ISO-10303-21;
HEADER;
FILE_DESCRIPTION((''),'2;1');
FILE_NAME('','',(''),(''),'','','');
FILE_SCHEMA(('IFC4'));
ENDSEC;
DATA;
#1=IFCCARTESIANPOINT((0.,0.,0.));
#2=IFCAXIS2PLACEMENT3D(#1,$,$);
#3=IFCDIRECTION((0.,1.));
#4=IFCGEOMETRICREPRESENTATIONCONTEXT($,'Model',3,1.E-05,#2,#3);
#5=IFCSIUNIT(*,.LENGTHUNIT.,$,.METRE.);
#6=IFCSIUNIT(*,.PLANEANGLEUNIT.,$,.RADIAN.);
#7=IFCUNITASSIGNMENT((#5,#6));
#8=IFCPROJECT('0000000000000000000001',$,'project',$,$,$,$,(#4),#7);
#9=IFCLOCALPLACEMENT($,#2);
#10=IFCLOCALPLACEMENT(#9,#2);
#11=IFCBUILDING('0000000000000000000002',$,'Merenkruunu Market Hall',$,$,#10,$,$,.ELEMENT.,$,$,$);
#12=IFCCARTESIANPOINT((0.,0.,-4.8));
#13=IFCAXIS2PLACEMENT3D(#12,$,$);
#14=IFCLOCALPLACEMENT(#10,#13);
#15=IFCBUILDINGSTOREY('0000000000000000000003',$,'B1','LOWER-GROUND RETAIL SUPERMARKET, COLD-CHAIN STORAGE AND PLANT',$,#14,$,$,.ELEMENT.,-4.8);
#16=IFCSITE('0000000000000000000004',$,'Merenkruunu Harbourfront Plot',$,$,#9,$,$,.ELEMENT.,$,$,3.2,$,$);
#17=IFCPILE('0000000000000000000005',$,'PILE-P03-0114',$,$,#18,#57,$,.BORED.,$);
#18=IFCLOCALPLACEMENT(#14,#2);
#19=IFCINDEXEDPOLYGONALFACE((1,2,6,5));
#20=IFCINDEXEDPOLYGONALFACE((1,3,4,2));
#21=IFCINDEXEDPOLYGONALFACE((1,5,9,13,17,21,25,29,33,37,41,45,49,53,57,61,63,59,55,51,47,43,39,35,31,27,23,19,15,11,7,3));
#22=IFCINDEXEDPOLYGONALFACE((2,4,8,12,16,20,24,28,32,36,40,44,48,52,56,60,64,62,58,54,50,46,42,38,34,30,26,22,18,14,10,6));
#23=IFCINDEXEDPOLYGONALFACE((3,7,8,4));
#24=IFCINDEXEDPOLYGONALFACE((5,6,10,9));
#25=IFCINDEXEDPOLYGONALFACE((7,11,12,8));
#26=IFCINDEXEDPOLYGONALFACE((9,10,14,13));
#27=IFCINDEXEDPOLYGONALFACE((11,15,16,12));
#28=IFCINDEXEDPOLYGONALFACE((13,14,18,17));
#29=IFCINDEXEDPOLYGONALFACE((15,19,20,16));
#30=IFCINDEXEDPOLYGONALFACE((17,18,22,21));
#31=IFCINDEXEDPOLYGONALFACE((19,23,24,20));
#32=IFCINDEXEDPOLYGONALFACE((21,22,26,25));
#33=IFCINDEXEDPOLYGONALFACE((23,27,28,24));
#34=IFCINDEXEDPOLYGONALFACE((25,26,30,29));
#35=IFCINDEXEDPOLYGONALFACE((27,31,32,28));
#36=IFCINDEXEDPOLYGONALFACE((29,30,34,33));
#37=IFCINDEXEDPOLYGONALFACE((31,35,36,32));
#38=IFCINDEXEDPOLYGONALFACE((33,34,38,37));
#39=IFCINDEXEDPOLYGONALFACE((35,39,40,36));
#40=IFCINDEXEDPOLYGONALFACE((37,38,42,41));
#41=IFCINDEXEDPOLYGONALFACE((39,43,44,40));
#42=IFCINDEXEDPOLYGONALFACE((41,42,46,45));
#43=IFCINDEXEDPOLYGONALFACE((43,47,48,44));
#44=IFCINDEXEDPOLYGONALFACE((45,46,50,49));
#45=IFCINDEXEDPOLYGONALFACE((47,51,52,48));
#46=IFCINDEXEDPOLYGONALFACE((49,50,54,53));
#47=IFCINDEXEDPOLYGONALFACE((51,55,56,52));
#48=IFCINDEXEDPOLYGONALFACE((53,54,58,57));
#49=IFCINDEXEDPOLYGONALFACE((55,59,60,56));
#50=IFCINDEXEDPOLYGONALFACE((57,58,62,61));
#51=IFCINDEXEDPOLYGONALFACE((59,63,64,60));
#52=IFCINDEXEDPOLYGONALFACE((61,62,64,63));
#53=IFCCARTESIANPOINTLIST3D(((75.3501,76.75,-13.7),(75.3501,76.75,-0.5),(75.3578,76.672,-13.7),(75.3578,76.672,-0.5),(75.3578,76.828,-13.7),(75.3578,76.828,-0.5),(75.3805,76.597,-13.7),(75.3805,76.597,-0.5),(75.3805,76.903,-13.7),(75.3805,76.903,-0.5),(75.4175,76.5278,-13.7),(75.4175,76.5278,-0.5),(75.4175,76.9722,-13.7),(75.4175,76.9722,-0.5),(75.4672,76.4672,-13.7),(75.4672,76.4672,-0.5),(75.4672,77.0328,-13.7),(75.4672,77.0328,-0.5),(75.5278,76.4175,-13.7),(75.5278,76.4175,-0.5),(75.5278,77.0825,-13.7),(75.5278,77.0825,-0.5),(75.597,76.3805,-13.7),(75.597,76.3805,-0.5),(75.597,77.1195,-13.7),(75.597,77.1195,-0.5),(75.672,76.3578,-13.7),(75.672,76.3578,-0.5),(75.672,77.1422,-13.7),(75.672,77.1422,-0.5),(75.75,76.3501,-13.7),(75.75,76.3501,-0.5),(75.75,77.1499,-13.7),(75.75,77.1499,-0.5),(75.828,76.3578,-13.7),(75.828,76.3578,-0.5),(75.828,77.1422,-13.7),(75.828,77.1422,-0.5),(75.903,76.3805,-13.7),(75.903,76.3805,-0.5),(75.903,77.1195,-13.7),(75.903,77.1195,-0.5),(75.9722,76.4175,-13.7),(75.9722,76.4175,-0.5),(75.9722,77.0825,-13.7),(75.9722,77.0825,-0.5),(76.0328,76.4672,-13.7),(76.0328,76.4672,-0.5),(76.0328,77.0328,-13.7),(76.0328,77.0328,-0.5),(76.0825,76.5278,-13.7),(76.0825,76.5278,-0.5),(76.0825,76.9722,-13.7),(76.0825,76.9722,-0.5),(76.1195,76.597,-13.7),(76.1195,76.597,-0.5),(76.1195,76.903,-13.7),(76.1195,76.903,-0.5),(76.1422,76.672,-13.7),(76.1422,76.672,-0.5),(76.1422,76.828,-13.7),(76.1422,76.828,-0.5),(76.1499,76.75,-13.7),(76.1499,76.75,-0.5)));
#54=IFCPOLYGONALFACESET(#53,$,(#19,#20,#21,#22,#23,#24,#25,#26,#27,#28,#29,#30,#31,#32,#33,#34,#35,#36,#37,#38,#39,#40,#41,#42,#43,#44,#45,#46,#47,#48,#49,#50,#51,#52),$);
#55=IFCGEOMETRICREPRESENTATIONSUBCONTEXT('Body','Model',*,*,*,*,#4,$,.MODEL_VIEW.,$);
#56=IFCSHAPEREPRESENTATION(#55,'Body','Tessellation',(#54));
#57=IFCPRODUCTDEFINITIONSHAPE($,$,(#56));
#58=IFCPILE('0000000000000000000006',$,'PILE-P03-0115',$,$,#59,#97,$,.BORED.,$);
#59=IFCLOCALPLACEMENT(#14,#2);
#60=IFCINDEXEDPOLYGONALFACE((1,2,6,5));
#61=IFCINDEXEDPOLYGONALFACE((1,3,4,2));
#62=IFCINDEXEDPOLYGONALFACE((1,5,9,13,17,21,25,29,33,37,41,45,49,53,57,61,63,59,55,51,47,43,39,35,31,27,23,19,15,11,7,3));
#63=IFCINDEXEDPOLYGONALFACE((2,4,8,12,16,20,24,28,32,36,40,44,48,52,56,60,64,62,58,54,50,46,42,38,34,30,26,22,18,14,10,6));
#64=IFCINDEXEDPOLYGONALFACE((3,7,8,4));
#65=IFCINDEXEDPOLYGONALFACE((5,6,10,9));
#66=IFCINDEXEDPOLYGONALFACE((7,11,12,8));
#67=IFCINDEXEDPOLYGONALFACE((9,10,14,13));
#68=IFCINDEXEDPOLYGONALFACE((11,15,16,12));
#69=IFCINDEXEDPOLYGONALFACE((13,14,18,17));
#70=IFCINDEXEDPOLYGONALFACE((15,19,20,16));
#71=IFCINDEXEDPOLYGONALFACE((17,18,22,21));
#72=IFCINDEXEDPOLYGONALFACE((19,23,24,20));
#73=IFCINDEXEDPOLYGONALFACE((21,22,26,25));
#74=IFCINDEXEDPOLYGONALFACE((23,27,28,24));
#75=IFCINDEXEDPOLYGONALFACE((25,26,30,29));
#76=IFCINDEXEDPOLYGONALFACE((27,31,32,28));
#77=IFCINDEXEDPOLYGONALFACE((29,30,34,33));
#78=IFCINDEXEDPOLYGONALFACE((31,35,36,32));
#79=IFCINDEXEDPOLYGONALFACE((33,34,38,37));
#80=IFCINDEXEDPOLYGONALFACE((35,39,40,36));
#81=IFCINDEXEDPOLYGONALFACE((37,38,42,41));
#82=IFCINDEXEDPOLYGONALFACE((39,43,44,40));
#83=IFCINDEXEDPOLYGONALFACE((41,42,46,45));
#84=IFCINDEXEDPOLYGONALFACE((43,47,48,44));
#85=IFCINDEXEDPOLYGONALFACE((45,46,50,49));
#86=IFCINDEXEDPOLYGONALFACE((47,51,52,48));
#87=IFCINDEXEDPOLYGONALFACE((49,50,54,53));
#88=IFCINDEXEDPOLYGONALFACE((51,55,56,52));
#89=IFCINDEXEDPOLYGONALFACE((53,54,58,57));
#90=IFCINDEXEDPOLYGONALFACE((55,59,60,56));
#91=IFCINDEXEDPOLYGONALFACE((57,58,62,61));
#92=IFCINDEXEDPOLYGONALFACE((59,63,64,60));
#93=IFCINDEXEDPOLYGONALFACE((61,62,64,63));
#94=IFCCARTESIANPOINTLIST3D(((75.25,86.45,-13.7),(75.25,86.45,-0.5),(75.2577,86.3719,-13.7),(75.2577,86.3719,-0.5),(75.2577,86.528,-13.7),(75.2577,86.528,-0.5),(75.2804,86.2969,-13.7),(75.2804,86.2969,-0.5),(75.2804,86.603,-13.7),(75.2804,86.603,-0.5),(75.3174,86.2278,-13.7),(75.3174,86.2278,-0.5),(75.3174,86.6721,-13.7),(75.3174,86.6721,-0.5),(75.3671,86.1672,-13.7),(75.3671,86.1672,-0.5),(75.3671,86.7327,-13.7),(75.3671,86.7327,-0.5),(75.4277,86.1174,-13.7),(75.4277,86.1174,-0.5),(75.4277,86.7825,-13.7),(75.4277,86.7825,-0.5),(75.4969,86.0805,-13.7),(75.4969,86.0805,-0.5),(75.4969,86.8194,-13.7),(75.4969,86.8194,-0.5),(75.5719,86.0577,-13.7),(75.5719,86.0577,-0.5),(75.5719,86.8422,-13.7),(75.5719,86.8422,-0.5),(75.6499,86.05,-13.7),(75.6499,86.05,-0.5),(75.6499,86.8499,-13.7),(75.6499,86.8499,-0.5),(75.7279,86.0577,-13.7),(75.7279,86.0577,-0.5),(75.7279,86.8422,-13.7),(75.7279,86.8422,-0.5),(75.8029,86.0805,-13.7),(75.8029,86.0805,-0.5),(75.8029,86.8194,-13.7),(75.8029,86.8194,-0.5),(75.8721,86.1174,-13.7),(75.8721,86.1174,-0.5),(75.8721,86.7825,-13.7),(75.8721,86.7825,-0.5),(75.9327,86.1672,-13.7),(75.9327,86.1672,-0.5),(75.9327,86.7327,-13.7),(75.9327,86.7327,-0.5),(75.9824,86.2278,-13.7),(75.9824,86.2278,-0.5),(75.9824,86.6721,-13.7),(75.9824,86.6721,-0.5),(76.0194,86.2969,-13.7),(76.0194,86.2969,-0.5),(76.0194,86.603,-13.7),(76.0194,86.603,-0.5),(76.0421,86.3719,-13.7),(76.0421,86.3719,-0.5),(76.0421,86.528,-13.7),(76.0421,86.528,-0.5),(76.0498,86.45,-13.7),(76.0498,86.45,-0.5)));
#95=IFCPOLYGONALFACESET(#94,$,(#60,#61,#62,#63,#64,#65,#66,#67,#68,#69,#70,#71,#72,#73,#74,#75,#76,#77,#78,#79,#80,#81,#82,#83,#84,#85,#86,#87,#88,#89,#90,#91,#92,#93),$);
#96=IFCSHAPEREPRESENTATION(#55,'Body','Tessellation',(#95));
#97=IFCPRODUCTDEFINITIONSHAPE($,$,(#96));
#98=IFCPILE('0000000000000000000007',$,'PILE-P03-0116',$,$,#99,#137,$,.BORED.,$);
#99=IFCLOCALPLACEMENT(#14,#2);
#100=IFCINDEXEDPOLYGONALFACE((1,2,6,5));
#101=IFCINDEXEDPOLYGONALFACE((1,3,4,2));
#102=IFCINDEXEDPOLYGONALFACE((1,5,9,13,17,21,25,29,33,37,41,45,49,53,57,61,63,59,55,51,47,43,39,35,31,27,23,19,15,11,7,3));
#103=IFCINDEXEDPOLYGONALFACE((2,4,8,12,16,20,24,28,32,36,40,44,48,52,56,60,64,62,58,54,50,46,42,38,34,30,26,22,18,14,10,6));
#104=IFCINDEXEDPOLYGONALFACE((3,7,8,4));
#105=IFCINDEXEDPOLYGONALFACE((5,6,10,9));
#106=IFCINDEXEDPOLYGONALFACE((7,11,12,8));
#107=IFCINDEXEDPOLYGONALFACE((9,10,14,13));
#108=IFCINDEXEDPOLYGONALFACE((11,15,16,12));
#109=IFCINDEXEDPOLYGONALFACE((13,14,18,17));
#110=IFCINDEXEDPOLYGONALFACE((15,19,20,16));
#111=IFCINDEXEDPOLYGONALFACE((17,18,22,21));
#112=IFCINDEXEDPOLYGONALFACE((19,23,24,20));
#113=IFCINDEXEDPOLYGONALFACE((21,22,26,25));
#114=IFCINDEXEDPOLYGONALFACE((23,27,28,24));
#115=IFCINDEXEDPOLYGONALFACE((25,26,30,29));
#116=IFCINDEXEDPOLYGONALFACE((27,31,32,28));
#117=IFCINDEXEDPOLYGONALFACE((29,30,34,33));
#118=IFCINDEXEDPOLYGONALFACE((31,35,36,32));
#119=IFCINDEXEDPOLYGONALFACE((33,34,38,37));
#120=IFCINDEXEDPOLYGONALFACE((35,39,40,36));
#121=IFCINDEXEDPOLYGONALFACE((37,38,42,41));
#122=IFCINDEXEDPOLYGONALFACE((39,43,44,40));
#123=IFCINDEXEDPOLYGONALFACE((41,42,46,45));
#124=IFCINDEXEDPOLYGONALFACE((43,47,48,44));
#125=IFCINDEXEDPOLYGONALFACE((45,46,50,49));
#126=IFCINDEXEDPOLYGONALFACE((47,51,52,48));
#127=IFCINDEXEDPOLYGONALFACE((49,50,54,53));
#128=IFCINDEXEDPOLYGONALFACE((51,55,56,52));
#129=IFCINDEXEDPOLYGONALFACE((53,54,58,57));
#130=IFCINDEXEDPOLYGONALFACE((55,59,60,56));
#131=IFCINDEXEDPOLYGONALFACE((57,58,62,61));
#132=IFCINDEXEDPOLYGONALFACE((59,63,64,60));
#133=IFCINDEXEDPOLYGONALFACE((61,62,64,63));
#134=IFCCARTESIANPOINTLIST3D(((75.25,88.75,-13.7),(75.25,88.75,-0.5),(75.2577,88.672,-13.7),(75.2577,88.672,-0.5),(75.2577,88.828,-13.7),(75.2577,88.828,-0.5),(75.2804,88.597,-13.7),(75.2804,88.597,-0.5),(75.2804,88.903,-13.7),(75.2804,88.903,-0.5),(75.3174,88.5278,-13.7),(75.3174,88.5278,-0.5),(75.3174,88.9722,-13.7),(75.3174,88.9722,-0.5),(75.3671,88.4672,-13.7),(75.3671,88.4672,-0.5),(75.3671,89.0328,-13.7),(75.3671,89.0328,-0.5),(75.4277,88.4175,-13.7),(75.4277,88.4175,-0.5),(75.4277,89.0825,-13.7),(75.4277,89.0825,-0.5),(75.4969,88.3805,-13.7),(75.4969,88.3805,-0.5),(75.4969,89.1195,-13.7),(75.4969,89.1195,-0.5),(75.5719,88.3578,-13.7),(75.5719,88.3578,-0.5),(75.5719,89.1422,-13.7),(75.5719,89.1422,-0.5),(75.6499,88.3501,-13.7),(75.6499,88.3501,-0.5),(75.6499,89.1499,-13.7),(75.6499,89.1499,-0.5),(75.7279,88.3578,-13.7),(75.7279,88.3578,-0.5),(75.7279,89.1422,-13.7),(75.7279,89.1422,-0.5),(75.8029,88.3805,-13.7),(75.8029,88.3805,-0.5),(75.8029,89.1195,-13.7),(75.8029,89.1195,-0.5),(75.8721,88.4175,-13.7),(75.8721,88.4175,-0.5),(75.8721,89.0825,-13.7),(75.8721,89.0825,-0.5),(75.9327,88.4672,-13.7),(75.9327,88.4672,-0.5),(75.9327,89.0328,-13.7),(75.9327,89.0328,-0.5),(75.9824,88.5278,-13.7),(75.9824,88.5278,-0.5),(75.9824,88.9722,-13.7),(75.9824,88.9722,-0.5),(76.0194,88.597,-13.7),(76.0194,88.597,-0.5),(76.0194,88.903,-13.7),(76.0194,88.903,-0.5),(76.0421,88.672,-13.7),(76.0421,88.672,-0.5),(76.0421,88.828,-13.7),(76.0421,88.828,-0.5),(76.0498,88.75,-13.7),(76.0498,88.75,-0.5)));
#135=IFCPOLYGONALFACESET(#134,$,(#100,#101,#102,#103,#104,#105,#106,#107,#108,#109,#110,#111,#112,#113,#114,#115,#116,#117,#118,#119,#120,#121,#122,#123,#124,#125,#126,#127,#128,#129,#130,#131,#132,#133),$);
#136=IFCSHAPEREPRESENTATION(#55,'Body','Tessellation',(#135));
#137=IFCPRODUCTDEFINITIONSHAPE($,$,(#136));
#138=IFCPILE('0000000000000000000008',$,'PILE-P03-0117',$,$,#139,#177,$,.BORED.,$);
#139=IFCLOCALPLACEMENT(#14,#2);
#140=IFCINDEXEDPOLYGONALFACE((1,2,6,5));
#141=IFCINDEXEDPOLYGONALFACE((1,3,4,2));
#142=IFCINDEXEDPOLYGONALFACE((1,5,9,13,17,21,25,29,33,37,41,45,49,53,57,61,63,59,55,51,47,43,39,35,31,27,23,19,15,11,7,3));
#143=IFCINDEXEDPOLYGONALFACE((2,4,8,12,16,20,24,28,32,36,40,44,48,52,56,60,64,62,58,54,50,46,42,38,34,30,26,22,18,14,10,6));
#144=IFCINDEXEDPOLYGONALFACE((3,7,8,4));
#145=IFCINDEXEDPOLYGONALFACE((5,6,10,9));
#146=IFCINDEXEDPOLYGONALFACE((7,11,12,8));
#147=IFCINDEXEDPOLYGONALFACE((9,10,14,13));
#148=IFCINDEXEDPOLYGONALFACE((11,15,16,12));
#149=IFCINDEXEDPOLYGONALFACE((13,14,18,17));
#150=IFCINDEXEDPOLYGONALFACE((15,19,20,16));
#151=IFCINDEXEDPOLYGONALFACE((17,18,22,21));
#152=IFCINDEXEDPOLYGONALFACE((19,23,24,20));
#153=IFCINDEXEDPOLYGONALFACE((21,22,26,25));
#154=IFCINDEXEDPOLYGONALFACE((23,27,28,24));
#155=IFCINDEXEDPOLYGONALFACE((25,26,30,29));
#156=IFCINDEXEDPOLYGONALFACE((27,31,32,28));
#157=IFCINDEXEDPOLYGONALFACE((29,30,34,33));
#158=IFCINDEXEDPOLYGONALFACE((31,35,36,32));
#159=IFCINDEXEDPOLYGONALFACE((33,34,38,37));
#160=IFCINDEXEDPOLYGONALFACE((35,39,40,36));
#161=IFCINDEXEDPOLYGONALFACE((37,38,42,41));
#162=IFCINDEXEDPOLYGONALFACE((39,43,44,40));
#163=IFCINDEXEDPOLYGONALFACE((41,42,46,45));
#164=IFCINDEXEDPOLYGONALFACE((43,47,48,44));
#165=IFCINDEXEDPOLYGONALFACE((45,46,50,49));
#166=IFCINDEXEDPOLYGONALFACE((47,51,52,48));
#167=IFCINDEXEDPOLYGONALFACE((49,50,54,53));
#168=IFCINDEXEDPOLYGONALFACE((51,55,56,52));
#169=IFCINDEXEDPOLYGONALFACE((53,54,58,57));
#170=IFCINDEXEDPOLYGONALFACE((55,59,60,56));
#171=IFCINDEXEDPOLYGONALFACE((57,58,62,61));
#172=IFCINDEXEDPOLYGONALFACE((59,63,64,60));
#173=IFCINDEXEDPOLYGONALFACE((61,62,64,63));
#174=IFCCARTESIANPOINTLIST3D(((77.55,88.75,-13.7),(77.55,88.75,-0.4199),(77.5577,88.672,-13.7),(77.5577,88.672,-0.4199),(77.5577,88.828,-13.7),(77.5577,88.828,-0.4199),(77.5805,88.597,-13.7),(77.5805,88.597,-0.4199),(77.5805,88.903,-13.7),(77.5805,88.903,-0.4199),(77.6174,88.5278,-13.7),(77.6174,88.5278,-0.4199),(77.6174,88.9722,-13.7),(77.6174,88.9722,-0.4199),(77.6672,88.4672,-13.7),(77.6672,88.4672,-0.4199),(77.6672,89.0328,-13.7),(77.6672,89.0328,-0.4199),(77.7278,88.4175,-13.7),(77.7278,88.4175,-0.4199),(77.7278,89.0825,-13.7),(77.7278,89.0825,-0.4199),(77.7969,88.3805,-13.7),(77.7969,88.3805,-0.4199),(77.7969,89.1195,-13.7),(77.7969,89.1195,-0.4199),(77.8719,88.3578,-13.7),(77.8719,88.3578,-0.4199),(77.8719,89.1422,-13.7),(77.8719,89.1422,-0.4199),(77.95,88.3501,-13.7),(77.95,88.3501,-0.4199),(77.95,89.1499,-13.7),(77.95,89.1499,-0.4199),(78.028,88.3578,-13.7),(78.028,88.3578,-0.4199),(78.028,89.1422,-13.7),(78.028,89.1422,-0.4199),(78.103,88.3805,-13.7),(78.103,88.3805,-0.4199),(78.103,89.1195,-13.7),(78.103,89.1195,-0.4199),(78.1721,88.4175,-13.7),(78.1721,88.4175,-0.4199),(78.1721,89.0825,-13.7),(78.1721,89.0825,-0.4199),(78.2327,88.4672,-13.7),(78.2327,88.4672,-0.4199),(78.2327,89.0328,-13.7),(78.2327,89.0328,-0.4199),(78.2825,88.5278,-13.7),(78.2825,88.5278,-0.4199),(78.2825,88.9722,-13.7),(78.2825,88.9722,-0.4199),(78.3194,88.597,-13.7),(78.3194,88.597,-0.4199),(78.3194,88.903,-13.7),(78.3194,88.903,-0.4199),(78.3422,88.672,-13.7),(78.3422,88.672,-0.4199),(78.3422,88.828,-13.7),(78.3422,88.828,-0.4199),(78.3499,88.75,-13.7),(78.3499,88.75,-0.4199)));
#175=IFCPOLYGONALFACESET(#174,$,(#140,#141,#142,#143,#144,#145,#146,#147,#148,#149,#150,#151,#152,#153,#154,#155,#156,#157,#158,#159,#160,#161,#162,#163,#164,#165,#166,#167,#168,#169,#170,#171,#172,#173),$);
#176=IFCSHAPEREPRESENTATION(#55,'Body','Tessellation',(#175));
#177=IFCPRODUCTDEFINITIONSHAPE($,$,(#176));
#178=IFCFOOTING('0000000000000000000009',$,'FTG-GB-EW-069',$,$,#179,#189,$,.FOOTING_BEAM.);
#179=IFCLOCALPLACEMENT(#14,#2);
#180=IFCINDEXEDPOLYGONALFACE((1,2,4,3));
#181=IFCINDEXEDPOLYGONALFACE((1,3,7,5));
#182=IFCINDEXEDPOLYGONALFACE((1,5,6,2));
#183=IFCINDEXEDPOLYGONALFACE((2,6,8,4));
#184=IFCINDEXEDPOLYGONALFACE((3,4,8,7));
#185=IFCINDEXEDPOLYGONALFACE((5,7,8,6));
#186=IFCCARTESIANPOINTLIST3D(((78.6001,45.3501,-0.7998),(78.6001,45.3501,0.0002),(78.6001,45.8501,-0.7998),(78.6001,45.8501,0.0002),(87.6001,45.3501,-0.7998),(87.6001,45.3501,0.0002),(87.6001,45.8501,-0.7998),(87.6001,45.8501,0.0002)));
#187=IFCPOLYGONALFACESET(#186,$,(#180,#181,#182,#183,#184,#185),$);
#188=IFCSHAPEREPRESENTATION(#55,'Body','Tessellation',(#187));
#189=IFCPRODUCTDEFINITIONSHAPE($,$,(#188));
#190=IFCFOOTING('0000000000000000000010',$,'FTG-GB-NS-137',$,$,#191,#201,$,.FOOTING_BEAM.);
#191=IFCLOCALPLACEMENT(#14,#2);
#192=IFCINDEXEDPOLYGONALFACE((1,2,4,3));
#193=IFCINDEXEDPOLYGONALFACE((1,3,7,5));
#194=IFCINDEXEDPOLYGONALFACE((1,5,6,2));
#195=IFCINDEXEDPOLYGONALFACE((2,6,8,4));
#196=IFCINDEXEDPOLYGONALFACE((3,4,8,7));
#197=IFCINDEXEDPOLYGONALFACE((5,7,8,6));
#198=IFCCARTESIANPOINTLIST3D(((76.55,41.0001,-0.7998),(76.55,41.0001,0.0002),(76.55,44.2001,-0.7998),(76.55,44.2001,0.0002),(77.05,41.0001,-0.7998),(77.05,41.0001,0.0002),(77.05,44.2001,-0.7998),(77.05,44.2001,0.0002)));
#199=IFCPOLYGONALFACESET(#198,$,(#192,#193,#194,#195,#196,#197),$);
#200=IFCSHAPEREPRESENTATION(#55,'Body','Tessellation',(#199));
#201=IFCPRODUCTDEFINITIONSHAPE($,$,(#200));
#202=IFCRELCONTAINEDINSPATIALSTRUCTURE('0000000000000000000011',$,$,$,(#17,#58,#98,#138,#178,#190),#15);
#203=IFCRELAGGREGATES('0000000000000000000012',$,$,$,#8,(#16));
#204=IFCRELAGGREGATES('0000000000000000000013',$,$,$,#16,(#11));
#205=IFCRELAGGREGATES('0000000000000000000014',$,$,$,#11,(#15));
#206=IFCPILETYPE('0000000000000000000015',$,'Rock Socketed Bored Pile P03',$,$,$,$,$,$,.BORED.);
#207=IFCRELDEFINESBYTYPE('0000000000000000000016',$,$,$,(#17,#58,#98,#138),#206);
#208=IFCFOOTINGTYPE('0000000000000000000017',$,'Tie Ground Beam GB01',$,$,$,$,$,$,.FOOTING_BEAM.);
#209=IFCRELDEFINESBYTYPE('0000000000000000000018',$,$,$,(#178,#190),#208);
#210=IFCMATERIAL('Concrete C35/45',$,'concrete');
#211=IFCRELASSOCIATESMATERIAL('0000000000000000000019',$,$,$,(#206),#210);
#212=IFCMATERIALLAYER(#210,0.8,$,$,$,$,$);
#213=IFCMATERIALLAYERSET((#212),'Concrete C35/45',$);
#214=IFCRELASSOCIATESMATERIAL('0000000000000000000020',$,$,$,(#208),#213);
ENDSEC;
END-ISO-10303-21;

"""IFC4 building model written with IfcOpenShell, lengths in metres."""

from ifc_helpers import new_model, si_unit, direction, frame, origin, origin_2d, place, context, subcontext, project, spatial, rectangle, circle, extrude, material, layer, layer_set, material_profile, profile_set, type_object, element, save


model = new_model("IFC4")

# Units and contexts
model_context = context("Model", 3, precision=1e-05, world=origin(), true_north=direction((0.0, 1.0)))
body_context = subcontext(model_context, "Body", "Model", "MODEL_VIEW")
ifc_project = project(units=[si_unit("LENGTHUNIT", "METRE"), si_unit("PLANEANGLEUNIT", "RADIAN")], contexts=[model_context])

# Site, building, storey
site_placement = place(None, origin())
site = spatial("IfcSite", under=ifc_project, at=site_placement, Name="Merenkruunu Harbourfront Plot", CompositionType="ELEMENT", RefElevation=3.2)
building_placement = place(site_placement, origin())
building = spatial("IfcBuilding", under=site, at=building_placement, Name="Merenkruunu Market Hall", CompositionType="ELEMENT")
storey_placement = place(building_placement, frame((0.0, 0.0, -4.8)))
storey = spatial("IfcBuildingStorey", under=building, at=storey_placement, Name="B1", Description="LOWER-GROUND RETAIL SUPERMARKET, COLD-CHAIN STORAGE AND PLANT", CompositionType="ELEMENT", Elevation=-4.8)

# Shared definitions
ifc_material_1 = material(Name="Concrete C35/45", Category="concrete")

# Piles
ifc_material_profile_1 = material_profile(ifc_material_1, circle(Radius=0.3999, at=origin_2d()), Name="BORED PILE 800")
ifc_profile_set_1 = profile_set([ifc_material_profile_1], Name="Concrete C35/45")
pile_type_1 = type_object("IfcPileType", Name="Rock Socketed Bored Pile P03", PredefinedType="BORED", material=ifc_profile_set_1)
for number, where, z_axis, x_axis, name in (
    (1, (75.75, 76.75, -0.5), (0.0, 0.0, -1.0), (1.0, 0.0, 0.0), "PILE-P03-0114"),
    (2, (75.6499, 86.45, -0.5), (0.0, 0.0, -1.0), (1.0, 0.0, 0.0), "PILE-P03-0115"),
    (3, (75.6499, 88.75, -0.5), (0.0, 0.0, -1.0), (1.0, 0.0, 0.0), "PILE-P03-0116"),
):
    element("IfcPile", number, at=place(storey_placement, frame(where, z_axis=z_axis, x_axis=x_axis)), inside=storey, type_object=pile_type_1, Name=name, PredefinedType="BORED", context=body_context, shape_type="SweptSolid", body=[
        extrude(circle(Radius=0.3999, at=origin_2d()), origin(), (0.0, 0.0, 1.0), 13.2),
    ])
pile_1_placement = place(storey_placement, frame((77.95, 88.75, -0.4199), z_axis=(0.0, 0.0, -1.0), x_axis=(1.0, 0.0, 0.0)))
element("IfcPile", 4, at=pile_1_placement, inside=storey, type_object=pile_type_1, Name="PILE-P03-0117", PredefinedType="BORED", context=body_context, shape_type="SweptSolid", body=[
    extrude(circle(Radius=0.3999, at=origin_2d()), origin(), (0.0, 0.0, 1.0), 13.28),
])

# Footings
ifc_layer_1 = layer(ifc_material_1, 0.8)
ifc_layer_set_1 = layer_set([ifc_layer_1], Name="Concrete C35/45")
footing_type_1 = type_object("IfcFootingType", Name="Tie Ground Beam GB01", PredefinedType="FOOTING_BEAM", material=ifc_layer_set_1)
footing_1_placement = place(storey_placement, frame((83.1001, 45.6001, -0.7998), z_axis=(0.0, 0.0, 1.0), x_axis=(1.0, 0.0, 0.0)))
element("IfcFooting", 5, at=footing_1_placement, inside=storey, type_object=footing_type_1, Name="FTG-GB-EW-069", PredefinedType="FOOTING_BEAM", context=body_context, shape_type="SweptSolid", body=[
    extrude(rectangle(XDim=9.0, YDim=0.5, at=origin_2d()), origin(), (0.0, 0.0, 1.0), 0.8),
])
footing_2_placement = place(storey_placement, frame((76.8, 42.6001, -0.7998), z_axis=(0.0, 0.0, 1.0), x_axis=(0.0, 1.0, 0.0)))
element("IfcFooting", 6, at=footing_2_placement, inside=storey, type_object=footing_type_1, Name="FTG-GB-NS-137", PredefinedType="FOOTING_BEAM", context=body_context, shape_type="SweptSolid", body=[
    extrude(rectangle(XDim=3.2, YDim=0.5, at=origin_2d()), origin(), (0.0, 0.0, 1.0), 0.8),
])

save(model, "model.ifc")
